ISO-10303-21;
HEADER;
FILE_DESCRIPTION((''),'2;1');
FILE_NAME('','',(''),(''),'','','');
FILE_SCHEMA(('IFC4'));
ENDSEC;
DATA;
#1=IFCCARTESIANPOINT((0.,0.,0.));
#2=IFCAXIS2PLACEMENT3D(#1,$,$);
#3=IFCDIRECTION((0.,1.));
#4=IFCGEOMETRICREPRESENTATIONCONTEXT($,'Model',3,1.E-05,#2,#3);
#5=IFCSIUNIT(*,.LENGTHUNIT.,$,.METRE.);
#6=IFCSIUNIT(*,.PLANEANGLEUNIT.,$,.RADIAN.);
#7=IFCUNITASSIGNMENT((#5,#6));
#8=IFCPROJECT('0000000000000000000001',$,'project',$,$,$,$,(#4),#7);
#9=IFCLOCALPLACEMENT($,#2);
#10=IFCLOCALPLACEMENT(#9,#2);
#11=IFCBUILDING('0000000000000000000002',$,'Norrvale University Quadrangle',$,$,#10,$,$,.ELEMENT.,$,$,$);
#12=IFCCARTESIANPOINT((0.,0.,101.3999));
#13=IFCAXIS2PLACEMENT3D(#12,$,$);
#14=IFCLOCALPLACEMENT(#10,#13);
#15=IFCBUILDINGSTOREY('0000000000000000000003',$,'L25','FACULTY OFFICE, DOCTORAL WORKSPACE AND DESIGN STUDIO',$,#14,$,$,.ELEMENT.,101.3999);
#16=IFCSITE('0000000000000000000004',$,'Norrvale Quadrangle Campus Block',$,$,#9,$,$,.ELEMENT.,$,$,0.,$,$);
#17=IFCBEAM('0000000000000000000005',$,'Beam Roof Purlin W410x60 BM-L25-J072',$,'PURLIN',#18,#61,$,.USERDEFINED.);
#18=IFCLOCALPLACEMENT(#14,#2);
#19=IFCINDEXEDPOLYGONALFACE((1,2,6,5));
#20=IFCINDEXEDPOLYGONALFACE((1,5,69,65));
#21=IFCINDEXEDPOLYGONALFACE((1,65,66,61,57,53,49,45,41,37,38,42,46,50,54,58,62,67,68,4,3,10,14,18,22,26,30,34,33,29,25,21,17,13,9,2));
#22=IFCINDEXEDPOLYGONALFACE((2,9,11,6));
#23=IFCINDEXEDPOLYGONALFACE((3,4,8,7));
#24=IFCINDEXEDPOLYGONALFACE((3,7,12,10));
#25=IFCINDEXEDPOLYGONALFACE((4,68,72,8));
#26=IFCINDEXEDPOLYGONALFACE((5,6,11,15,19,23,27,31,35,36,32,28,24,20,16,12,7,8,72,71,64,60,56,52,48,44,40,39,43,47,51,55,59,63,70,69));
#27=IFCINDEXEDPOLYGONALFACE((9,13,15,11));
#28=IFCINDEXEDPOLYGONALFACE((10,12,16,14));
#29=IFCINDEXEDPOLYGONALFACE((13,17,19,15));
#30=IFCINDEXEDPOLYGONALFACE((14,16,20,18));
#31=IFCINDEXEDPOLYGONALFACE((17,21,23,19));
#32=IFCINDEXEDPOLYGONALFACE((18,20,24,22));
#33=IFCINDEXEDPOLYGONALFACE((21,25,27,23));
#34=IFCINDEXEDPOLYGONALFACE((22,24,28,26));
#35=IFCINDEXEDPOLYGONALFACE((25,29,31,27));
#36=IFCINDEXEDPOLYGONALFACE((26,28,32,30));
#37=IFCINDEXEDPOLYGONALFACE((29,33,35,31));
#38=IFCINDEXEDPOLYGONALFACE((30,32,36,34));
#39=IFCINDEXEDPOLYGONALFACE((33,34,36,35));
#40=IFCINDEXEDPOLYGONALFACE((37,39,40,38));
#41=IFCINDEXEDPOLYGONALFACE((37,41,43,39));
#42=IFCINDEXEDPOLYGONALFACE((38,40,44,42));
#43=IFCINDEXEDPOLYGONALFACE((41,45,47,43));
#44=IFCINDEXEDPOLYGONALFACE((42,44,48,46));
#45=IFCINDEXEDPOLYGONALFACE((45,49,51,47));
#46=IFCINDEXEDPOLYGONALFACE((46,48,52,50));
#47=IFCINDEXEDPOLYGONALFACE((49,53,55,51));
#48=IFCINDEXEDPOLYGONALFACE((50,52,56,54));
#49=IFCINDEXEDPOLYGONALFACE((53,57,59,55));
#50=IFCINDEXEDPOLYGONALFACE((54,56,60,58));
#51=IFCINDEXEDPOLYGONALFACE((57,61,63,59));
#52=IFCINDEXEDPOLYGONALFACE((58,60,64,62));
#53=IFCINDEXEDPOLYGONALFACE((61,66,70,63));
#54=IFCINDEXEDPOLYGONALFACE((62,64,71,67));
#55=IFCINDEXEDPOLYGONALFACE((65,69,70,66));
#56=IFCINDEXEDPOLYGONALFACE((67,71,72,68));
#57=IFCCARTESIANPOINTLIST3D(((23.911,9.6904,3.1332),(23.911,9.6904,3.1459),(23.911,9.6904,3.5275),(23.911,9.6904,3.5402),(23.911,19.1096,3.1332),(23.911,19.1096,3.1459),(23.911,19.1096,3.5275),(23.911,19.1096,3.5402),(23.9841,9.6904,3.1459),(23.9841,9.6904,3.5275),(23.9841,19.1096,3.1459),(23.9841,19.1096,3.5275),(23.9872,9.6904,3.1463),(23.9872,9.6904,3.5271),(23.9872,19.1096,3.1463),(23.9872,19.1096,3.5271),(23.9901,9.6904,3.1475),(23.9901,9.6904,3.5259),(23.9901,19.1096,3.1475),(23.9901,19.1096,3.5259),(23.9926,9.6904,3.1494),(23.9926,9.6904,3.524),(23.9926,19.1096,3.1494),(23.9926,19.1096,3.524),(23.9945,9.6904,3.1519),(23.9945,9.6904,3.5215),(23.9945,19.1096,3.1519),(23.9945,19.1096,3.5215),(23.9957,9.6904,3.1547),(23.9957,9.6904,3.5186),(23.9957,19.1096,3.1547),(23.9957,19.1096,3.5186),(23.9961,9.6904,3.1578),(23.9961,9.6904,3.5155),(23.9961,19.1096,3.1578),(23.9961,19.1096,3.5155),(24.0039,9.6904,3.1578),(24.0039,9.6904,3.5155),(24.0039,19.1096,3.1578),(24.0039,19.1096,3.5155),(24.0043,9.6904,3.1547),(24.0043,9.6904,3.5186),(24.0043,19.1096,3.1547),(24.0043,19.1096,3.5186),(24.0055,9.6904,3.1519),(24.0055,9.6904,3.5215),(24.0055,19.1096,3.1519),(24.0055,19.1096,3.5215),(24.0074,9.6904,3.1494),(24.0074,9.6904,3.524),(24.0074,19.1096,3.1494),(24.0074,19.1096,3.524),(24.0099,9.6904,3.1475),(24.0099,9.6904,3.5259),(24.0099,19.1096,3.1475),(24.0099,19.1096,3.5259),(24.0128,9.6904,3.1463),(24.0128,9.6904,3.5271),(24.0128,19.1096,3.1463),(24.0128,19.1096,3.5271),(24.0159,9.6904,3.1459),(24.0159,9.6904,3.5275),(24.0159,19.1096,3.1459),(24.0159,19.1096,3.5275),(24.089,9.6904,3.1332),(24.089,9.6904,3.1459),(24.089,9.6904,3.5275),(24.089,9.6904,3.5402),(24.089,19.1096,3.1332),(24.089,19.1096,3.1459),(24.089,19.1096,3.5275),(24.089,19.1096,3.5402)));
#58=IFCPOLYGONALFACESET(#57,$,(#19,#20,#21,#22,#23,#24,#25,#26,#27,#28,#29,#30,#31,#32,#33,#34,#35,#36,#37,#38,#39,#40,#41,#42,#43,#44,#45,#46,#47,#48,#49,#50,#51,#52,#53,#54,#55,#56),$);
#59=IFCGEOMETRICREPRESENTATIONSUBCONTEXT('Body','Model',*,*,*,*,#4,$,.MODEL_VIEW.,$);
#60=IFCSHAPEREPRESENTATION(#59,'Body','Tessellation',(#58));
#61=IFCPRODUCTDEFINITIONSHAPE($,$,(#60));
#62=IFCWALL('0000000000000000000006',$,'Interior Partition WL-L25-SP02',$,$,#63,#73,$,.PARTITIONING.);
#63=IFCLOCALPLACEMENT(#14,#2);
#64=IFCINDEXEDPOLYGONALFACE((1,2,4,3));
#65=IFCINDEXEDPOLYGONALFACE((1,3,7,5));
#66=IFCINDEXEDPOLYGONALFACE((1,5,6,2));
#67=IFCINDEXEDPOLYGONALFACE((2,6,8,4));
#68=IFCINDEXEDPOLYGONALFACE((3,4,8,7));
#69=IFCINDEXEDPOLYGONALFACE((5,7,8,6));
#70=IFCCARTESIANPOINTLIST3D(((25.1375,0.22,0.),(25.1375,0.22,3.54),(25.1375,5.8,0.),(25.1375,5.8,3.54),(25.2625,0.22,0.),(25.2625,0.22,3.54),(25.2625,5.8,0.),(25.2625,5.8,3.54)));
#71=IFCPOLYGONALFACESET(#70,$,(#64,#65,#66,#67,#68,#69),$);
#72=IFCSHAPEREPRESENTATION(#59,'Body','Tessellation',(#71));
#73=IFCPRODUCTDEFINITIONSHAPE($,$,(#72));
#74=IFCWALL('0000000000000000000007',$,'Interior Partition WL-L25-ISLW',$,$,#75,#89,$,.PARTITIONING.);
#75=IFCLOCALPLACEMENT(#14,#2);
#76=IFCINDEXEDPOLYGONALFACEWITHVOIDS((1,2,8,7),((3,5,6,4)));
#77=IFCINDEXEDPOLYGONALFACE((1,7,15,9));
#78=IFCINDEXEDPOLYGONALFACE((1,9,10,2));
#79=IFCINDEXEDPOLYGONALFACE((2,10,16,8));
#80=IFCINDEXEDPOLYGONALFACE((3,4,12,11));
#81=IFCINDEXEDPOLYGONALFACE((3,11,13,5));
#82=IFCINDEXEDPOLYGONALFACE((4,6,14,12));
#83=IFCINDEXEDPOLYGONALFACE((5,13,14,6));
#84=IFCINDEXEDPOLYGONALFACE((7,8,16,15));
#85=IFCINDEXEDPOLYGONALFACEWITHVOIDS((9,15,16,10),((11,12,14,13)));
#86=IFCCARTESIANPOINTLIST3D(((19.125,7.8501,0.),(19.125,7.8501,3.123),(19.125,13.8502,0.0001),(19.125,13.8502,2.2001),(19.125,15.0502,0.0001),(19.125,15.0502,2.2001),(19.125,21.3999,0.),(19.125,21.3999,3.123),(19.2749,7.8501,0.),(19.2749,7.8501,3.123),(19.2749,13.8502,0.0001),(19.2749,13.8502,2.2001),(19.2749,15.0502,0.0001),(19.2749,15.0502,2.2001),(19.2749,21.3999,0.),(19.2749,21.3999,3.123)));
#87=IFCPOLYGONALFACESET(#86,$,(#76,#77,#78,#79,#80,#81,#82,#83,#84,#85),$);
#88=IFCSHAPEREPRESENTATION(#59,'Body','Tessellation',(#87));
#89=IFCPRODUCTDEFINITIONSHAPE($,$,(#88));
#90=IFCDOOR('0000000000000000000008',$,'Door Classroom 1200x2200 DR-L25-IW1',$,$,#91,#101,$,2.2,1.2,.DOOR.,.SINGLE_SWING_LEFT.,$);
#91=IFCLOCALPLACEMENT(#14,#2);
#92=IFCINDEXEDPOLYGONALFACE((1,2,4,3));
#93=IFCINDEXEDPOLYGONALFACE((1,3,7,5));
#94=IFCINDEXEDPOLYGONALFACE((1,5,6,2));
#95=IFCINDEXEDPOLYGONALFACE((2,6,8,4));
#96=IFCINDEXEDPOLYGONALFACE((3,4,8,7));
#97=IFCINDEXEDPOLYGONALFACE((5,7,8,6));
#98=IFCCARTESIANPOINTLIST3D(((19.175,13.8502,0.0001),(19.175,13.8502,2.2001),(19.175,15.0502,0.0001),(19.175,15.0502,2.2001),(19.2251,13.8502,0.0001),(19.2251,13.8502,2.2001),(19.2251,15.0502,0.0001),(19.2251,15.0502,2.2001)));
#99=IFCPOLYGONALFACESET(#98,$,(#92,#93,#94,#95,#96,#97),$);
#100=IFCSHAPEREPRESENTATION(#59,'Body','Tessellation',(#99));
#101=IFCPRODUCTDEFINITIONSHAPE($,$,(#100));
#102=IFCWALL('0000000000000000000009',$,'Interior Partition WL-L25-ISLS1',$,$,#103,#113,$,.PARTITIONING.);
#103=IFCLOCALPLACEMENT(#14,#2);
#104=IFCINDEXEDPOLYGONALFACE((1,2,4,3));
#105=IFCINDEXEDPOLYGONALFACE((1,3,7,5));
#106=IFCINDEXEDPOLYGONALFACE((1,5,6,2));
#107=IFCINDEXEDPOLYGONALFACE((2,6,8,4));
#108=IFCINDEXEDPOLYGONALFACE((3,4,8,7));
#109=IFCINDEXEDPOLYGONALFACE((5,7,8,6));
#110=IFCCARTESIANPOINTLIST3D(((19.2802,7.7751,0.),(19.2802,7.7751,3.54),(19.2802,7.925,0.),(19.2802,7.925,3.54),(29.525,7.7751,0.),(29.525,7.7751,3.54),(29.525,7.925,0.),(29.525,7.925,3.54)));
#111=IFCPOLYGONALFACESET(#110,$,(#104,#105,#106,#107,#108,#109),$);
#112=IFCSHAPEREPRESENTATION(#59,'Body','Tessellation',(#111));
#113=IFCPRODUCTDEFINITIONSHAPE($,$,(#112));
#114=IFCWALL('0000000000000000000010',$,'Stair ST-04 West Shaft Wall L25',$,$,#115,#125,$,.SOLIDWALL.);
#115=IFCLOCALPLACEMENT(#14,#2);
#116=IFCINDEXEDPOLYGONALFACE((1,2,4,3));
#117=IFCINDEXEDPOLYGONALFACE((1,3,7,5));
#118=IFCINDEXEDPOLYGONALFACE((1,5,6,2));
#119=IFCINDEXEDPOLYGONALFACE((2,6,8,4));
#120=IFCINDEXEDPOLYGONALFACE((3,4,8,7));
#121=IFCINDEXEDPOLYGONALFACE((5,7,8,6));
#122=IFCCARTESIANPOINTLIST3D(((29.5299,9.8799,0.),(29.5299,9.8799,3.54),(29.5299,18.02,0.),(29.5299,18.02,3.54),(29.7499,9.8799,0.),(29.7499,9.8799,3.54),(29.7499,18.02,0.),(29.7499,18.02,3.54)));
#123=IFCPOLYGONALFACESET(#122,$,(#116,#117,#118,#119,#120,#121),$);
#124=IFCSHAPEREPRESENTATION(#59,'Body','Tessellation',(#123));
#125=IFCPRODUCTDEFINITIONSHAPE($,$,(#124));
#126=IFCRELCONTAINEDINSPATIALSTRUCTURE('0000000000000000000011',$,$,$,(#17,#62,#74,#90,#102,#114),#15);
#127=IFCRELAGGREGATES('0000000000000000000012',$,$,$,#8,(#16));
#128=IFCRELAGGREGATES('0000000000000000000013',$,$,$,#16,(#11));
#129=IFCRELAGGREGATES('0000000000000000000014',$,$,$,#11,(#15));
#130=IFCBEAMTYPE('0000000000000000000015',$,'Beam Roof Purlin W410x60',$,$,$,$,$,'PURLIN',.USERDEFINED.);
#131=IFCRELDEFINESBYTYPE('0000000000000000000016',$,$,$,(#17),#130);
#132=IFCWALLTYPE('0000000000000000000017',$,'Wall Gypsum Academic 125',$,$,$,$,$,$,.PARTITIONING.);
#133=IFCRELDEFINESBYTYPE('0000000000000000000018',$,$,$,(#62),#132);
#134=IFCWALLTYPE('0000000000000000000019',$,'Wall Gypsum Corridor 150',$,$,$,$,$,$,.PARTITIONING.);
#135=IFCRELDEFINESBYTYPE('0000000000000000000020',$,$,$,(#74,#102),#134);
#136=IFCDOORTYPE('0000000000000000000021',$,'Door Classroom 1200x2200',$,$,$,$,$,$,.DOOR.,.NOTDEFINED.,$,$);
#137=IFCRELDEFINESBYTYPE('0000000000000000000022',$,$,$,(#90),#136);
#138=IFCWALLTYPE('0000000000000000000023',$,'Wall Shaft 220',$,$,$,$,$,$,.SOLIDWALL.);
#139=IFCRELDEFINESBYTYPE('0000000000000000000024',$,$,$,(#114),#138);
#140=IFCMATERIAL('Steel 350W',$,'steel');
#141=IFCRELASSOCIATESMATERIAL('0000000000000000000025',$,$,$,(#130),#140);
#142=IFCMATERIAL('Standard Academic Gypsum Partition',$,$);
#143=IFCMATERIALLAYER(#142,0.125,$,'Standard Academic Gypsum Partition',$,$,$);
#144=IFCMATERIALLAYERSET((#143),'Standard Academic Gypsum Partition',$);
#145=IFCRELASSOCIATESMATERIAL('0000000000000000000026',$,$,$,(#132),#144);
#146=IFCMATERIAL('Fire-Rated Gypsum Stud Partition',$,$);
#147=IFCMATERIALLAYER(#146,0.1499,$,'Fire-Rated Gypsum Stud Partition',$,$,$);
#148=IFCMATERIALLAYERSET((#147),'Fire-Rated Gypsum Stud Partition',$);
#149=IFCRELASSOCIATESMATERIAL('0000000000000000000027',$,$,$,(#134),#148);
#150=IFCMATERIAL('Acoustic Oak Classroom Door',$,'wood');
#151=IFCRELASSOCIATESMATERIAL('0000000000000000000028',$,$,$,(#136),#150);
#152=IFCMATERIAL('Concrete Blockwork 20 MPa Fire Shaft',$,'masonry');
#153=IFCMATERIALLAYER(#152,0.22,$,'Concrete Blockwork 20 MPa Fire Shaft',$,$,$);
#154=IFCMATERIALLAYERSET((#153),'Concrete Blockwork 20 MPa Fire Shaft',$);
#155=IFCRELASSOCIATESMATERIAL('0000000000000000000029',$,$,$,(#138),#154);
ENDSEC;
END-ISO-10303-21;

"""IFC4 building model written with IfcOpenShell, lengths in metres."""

from ifc_helpers import new_model, si_unit, direction, frame, frame_2d, origin, origin_2d, place, context, subcontext, project, spatial, rectangle, i_section, extrude, material, layer, layer_set, material_profile, profile_set, type_object, element, fill, save


model = new_model("IFC4")

# Units and contexts
model_context = context("Model", 3, precision=1e-05, world=origin(), true_north=direction((0.0, 1.0)))
body_context = subcontext(model_context, "Body", "Model", "MODEL_VIEW")
ifc_project = project(units=[si_unit("LENGTHUNIT", "METRE"), si_unit("PLANEANGLEUNIT", "RADIAN")], contexts=[model_context])

# Site, building, storey
site_placement = place(None, origin())
site = spatial("IfcSite", under=ifc_project, at=site_placement, Name="Norrvale Quadrangle Campus Block", CompositionType="ELEMENT", RefElevation=0.0)
building_placement = place(site_placement, origin())
building = spatial("IfcBuilding", under=site, at=building_placement, Name="Norrvale University Quadrangle", CompositionType="ELEMENT")
storey_placement = place(building_placement, frame((0.0, 0.0, 101.3999)))
storey = spatial("IfcBuildingStorey", under=building, at=storey_placement, Name="L25", Description="FACULTY OFFICE, DOCTORAL WORKSPACE AND DESIGN STUDIO", CompositionType="ELEMENT", Elevation=101.3999)

# Beam
ifc_material_1 = material(Name="Steel 350W", Category="steel")
ifc_material_profile_1 = material_profile(ifc_material_1, i_section(OverallWidth=0.178, OverallDepth=0.407, WebThickness=0.0078, FlangeThickness=0.0127, FilletRadius=0.012, at=origin_2d()), Name="Steel 350W")
ifc_profile_set_1 = profile_set([ifc_material_profile_1], Name="Steel 350W")
beam_type_1 = type_object("IfcBeamType", Name="Beam Roof Purlin W410x60", ElementType="PURLIN", PredefinedType="USERDEFINED", material=ifc_profile_set_1)
beam_1_placement = place(storey_placement, frame((24.0, 9.6904, 3.3367), z_axis=(0.0, 1.0, 0.0), x_axis=(-1.0, 0.0, 0.0)))
element("IfcBeam", 1, at=beam_1_placement, inside=storey, type_object=beam_type_1, Name="Beam Roof Purlin W410x60 BM-L25-J072", ObjectType="PURLIN", PredefinedType="USERDEFINED", context=body_context, shape_type="SweptSolid", body=[
    extrude(i_section(OverallWidth=0.178, OverallDepth=0.407, WebThickness=0.0078, FlangeThickness=0.0127, FilletRadius=0.012, at=origin_2d()), origin(), (0.0, 0.0, 1.0), 9.4192),
])

# Wall
ifc_material_2 = material(Name="Standard Academic Gypsum Partition")
ifc_layer_1 = layer(ifc_material_2, 0.125, Name="Standard Academic Gypsum Partition")
ifc_layer_set_1 = layer_set([ifc_layer_1], Name="Standard Academic Gypsum Partition")
wall_type_1 = type_object("IfcWallType", Name="Wall Gypsum Academic 125", PredefinedType="PARTITIONING", material=ifc_layer_set_1)
wall_1_placement = place(storey_placement, frame((25.2, 0.22, 0.0), z_axis=(0.0, 0.0, 1.0), x_axis=(0.0, 1.0, 0.0)))
element("IfcWall", 2, at=wall_1_placement, inside=storey, type_object=wall_type_1, Name="Interior Partition WL-L25-SP02", PredefinedType="PARTITIONING", context=body_context, shape_type="SweptSolid", body=[
    extrude(rectangle(XDim=5.5801, YDim=0.125, at=frame_2d((2.79, 0.0))), origin(), (0.0, 0.0, 1.0), 3.54),
])

# Wall, opening, door
ifc_material_3 = material(Name="Fire-Rated Gypsum Stud Partition")
ifc_layer_2 = layer(ifc_material_3, 0.1499, Name="Fire-Rated Gypsum Stud Partition")
ifc_layer_set_2 = layer_set([ifc_layer_2], Name="Fire-Rated Gypsum Stud Partition")
wall_type_2 = type_object("IfcWallType", Name="Wall Gypsum Corridor 150", PredefinedType="PARTITIONING", material=ifc_layer_set_2)
wall_2_placement = place(storey_placement, frame((19.2, 7.8501, 0.0), z_axis=(0.0, 0.0, 1.0), x_axis=(0.0, 1.0, 0.0)))
wall_2 = element("IfcWall", 3, at=wall_2_placement, inside=storey, type_object=wall_type_2, Name="Interior Partition WL-L25-ISLW", PredefinedType="PARTITIONING", context=body_context, shape_type="SweptSolid", body=[
    extrude(rectangle(XDim=13.5498, YDim=0.1499, at=frame_2d((6.7749, 0.0))), origin(), (0.0, 0.0, 1.0), 3.123),
])
opening_placement = place(wall_2_placement, frame((6.0, 0.0, 0.0)))
opening = element("IfcOpeningElement", 4, at=opening_placement, cuts=wall_2, PredefinedType="OPENING", context=body_context, shape_type="SweptSolid", body=[
    extrude(rectangle(XDim=1.2, YDim=2.2, at=frame_2d((0.6001, 1.1001))), frame((0.0, 0.0869, 0.0), z_axis=(0.0, -1.0, 0.0), x_axis=(1.0, 0.0, 0.0)), (0.0, 0.0, 1.0), 0.1738),
])
ifc_material_4 = material(Name="Acoustic Oak Classroom Door", Category="wood")
door_type = type_object("IfcDoorType", Name="Door Classroom 1200x2200", OperationType="NOTDEFINED", PredefinedType="DOOR", material=ifc_material_4)
door_placement = place(opening_placement, origin())
door = element("IfcDoor", 5, at=door_placement, inside=storey, type_object=door_type, Name="Door Classroom 1200x2200 DR-L25-IW1", OperationType="SINGLE_SWING_LEFT", OverallHeight=2.2, OverallWidth=1.2, PredefinedType="DOOR", context=body_context, shape_type="SweptSolid", body=[
    extrude(rectangle(XDim=1.2, YDim=2.2, at=frame_2d((0.6001, 1.1001))), frame((0.0, 0.0249, 0.0), z_axis=(0.0, -1.0, 0.0), x_axis=(1.0, 0.0, 0.0)), (0.0, 0.0, 1.0), 0.05),
])
fill(opening, door)

# Walls
wall_3_placement = place(storey_placement, frame((19.28, 7.8501, 0.0), z_axis=(0.0, 0.0, 1.0), x_axis=(1.0, 0.0, 0.0)))
element("IfcWall", 6, at=wall_3_placement, inside=storey, type_object=wall_type_2, Name="Interior Partition WL-L25-ISLS1", PredefinedType="PARTITIONING", context=body_context, shape_type="SweptSolid", body=[
    extrude(rectangle(XDim=10.2449, YDim=0.1499, at=frame_2d((5.1226, 0.0))), origin(), (0.0, 0.0, 1.0), 3.54),
])
ifc_material_5 = material(Name="Concrete Blockwork 20 MPa Fire Shaft", Category="masonry")
ifc_layer_3 = layer(ifc_material_5, 0.22, Name="Concrete Blockwork 20 MPa Fire Shaft")
ifc_layer_set_3 = layer_set([ifc_layer_3], Name="Concrete Blockwork 20 MPa Fire Shaft")
wall_type_3 = type_object("IfcWallType", Name="Wall Shaft 220", PredefinedType="SOLIDWALL", material=ifc_layer_set_3)
wall_4_placement = place(storey_placement, frame((29.6399, 9.8799, 0.0), z_axis=(0.0, 0.0, 1.0), x_axis=(0.0, 1.0, 0.0)))
element("IfcWall", 7, at=wall_4_placement, inside=storey, type_object=wall_type_3, Name="Stair ST-04 West Shaft Wall L25", PredefinedType="SOLIDWALL", context=body_context, shape_type="SweptSolid", body=[
    extrude(rectangle(XDim=8.1401, YDim=0.22, at=frame_2d((4.0701, 0.0))), origin(), (0.0, 0.0, 1.0), 3.54),
])

save(model, "model.ifc")
